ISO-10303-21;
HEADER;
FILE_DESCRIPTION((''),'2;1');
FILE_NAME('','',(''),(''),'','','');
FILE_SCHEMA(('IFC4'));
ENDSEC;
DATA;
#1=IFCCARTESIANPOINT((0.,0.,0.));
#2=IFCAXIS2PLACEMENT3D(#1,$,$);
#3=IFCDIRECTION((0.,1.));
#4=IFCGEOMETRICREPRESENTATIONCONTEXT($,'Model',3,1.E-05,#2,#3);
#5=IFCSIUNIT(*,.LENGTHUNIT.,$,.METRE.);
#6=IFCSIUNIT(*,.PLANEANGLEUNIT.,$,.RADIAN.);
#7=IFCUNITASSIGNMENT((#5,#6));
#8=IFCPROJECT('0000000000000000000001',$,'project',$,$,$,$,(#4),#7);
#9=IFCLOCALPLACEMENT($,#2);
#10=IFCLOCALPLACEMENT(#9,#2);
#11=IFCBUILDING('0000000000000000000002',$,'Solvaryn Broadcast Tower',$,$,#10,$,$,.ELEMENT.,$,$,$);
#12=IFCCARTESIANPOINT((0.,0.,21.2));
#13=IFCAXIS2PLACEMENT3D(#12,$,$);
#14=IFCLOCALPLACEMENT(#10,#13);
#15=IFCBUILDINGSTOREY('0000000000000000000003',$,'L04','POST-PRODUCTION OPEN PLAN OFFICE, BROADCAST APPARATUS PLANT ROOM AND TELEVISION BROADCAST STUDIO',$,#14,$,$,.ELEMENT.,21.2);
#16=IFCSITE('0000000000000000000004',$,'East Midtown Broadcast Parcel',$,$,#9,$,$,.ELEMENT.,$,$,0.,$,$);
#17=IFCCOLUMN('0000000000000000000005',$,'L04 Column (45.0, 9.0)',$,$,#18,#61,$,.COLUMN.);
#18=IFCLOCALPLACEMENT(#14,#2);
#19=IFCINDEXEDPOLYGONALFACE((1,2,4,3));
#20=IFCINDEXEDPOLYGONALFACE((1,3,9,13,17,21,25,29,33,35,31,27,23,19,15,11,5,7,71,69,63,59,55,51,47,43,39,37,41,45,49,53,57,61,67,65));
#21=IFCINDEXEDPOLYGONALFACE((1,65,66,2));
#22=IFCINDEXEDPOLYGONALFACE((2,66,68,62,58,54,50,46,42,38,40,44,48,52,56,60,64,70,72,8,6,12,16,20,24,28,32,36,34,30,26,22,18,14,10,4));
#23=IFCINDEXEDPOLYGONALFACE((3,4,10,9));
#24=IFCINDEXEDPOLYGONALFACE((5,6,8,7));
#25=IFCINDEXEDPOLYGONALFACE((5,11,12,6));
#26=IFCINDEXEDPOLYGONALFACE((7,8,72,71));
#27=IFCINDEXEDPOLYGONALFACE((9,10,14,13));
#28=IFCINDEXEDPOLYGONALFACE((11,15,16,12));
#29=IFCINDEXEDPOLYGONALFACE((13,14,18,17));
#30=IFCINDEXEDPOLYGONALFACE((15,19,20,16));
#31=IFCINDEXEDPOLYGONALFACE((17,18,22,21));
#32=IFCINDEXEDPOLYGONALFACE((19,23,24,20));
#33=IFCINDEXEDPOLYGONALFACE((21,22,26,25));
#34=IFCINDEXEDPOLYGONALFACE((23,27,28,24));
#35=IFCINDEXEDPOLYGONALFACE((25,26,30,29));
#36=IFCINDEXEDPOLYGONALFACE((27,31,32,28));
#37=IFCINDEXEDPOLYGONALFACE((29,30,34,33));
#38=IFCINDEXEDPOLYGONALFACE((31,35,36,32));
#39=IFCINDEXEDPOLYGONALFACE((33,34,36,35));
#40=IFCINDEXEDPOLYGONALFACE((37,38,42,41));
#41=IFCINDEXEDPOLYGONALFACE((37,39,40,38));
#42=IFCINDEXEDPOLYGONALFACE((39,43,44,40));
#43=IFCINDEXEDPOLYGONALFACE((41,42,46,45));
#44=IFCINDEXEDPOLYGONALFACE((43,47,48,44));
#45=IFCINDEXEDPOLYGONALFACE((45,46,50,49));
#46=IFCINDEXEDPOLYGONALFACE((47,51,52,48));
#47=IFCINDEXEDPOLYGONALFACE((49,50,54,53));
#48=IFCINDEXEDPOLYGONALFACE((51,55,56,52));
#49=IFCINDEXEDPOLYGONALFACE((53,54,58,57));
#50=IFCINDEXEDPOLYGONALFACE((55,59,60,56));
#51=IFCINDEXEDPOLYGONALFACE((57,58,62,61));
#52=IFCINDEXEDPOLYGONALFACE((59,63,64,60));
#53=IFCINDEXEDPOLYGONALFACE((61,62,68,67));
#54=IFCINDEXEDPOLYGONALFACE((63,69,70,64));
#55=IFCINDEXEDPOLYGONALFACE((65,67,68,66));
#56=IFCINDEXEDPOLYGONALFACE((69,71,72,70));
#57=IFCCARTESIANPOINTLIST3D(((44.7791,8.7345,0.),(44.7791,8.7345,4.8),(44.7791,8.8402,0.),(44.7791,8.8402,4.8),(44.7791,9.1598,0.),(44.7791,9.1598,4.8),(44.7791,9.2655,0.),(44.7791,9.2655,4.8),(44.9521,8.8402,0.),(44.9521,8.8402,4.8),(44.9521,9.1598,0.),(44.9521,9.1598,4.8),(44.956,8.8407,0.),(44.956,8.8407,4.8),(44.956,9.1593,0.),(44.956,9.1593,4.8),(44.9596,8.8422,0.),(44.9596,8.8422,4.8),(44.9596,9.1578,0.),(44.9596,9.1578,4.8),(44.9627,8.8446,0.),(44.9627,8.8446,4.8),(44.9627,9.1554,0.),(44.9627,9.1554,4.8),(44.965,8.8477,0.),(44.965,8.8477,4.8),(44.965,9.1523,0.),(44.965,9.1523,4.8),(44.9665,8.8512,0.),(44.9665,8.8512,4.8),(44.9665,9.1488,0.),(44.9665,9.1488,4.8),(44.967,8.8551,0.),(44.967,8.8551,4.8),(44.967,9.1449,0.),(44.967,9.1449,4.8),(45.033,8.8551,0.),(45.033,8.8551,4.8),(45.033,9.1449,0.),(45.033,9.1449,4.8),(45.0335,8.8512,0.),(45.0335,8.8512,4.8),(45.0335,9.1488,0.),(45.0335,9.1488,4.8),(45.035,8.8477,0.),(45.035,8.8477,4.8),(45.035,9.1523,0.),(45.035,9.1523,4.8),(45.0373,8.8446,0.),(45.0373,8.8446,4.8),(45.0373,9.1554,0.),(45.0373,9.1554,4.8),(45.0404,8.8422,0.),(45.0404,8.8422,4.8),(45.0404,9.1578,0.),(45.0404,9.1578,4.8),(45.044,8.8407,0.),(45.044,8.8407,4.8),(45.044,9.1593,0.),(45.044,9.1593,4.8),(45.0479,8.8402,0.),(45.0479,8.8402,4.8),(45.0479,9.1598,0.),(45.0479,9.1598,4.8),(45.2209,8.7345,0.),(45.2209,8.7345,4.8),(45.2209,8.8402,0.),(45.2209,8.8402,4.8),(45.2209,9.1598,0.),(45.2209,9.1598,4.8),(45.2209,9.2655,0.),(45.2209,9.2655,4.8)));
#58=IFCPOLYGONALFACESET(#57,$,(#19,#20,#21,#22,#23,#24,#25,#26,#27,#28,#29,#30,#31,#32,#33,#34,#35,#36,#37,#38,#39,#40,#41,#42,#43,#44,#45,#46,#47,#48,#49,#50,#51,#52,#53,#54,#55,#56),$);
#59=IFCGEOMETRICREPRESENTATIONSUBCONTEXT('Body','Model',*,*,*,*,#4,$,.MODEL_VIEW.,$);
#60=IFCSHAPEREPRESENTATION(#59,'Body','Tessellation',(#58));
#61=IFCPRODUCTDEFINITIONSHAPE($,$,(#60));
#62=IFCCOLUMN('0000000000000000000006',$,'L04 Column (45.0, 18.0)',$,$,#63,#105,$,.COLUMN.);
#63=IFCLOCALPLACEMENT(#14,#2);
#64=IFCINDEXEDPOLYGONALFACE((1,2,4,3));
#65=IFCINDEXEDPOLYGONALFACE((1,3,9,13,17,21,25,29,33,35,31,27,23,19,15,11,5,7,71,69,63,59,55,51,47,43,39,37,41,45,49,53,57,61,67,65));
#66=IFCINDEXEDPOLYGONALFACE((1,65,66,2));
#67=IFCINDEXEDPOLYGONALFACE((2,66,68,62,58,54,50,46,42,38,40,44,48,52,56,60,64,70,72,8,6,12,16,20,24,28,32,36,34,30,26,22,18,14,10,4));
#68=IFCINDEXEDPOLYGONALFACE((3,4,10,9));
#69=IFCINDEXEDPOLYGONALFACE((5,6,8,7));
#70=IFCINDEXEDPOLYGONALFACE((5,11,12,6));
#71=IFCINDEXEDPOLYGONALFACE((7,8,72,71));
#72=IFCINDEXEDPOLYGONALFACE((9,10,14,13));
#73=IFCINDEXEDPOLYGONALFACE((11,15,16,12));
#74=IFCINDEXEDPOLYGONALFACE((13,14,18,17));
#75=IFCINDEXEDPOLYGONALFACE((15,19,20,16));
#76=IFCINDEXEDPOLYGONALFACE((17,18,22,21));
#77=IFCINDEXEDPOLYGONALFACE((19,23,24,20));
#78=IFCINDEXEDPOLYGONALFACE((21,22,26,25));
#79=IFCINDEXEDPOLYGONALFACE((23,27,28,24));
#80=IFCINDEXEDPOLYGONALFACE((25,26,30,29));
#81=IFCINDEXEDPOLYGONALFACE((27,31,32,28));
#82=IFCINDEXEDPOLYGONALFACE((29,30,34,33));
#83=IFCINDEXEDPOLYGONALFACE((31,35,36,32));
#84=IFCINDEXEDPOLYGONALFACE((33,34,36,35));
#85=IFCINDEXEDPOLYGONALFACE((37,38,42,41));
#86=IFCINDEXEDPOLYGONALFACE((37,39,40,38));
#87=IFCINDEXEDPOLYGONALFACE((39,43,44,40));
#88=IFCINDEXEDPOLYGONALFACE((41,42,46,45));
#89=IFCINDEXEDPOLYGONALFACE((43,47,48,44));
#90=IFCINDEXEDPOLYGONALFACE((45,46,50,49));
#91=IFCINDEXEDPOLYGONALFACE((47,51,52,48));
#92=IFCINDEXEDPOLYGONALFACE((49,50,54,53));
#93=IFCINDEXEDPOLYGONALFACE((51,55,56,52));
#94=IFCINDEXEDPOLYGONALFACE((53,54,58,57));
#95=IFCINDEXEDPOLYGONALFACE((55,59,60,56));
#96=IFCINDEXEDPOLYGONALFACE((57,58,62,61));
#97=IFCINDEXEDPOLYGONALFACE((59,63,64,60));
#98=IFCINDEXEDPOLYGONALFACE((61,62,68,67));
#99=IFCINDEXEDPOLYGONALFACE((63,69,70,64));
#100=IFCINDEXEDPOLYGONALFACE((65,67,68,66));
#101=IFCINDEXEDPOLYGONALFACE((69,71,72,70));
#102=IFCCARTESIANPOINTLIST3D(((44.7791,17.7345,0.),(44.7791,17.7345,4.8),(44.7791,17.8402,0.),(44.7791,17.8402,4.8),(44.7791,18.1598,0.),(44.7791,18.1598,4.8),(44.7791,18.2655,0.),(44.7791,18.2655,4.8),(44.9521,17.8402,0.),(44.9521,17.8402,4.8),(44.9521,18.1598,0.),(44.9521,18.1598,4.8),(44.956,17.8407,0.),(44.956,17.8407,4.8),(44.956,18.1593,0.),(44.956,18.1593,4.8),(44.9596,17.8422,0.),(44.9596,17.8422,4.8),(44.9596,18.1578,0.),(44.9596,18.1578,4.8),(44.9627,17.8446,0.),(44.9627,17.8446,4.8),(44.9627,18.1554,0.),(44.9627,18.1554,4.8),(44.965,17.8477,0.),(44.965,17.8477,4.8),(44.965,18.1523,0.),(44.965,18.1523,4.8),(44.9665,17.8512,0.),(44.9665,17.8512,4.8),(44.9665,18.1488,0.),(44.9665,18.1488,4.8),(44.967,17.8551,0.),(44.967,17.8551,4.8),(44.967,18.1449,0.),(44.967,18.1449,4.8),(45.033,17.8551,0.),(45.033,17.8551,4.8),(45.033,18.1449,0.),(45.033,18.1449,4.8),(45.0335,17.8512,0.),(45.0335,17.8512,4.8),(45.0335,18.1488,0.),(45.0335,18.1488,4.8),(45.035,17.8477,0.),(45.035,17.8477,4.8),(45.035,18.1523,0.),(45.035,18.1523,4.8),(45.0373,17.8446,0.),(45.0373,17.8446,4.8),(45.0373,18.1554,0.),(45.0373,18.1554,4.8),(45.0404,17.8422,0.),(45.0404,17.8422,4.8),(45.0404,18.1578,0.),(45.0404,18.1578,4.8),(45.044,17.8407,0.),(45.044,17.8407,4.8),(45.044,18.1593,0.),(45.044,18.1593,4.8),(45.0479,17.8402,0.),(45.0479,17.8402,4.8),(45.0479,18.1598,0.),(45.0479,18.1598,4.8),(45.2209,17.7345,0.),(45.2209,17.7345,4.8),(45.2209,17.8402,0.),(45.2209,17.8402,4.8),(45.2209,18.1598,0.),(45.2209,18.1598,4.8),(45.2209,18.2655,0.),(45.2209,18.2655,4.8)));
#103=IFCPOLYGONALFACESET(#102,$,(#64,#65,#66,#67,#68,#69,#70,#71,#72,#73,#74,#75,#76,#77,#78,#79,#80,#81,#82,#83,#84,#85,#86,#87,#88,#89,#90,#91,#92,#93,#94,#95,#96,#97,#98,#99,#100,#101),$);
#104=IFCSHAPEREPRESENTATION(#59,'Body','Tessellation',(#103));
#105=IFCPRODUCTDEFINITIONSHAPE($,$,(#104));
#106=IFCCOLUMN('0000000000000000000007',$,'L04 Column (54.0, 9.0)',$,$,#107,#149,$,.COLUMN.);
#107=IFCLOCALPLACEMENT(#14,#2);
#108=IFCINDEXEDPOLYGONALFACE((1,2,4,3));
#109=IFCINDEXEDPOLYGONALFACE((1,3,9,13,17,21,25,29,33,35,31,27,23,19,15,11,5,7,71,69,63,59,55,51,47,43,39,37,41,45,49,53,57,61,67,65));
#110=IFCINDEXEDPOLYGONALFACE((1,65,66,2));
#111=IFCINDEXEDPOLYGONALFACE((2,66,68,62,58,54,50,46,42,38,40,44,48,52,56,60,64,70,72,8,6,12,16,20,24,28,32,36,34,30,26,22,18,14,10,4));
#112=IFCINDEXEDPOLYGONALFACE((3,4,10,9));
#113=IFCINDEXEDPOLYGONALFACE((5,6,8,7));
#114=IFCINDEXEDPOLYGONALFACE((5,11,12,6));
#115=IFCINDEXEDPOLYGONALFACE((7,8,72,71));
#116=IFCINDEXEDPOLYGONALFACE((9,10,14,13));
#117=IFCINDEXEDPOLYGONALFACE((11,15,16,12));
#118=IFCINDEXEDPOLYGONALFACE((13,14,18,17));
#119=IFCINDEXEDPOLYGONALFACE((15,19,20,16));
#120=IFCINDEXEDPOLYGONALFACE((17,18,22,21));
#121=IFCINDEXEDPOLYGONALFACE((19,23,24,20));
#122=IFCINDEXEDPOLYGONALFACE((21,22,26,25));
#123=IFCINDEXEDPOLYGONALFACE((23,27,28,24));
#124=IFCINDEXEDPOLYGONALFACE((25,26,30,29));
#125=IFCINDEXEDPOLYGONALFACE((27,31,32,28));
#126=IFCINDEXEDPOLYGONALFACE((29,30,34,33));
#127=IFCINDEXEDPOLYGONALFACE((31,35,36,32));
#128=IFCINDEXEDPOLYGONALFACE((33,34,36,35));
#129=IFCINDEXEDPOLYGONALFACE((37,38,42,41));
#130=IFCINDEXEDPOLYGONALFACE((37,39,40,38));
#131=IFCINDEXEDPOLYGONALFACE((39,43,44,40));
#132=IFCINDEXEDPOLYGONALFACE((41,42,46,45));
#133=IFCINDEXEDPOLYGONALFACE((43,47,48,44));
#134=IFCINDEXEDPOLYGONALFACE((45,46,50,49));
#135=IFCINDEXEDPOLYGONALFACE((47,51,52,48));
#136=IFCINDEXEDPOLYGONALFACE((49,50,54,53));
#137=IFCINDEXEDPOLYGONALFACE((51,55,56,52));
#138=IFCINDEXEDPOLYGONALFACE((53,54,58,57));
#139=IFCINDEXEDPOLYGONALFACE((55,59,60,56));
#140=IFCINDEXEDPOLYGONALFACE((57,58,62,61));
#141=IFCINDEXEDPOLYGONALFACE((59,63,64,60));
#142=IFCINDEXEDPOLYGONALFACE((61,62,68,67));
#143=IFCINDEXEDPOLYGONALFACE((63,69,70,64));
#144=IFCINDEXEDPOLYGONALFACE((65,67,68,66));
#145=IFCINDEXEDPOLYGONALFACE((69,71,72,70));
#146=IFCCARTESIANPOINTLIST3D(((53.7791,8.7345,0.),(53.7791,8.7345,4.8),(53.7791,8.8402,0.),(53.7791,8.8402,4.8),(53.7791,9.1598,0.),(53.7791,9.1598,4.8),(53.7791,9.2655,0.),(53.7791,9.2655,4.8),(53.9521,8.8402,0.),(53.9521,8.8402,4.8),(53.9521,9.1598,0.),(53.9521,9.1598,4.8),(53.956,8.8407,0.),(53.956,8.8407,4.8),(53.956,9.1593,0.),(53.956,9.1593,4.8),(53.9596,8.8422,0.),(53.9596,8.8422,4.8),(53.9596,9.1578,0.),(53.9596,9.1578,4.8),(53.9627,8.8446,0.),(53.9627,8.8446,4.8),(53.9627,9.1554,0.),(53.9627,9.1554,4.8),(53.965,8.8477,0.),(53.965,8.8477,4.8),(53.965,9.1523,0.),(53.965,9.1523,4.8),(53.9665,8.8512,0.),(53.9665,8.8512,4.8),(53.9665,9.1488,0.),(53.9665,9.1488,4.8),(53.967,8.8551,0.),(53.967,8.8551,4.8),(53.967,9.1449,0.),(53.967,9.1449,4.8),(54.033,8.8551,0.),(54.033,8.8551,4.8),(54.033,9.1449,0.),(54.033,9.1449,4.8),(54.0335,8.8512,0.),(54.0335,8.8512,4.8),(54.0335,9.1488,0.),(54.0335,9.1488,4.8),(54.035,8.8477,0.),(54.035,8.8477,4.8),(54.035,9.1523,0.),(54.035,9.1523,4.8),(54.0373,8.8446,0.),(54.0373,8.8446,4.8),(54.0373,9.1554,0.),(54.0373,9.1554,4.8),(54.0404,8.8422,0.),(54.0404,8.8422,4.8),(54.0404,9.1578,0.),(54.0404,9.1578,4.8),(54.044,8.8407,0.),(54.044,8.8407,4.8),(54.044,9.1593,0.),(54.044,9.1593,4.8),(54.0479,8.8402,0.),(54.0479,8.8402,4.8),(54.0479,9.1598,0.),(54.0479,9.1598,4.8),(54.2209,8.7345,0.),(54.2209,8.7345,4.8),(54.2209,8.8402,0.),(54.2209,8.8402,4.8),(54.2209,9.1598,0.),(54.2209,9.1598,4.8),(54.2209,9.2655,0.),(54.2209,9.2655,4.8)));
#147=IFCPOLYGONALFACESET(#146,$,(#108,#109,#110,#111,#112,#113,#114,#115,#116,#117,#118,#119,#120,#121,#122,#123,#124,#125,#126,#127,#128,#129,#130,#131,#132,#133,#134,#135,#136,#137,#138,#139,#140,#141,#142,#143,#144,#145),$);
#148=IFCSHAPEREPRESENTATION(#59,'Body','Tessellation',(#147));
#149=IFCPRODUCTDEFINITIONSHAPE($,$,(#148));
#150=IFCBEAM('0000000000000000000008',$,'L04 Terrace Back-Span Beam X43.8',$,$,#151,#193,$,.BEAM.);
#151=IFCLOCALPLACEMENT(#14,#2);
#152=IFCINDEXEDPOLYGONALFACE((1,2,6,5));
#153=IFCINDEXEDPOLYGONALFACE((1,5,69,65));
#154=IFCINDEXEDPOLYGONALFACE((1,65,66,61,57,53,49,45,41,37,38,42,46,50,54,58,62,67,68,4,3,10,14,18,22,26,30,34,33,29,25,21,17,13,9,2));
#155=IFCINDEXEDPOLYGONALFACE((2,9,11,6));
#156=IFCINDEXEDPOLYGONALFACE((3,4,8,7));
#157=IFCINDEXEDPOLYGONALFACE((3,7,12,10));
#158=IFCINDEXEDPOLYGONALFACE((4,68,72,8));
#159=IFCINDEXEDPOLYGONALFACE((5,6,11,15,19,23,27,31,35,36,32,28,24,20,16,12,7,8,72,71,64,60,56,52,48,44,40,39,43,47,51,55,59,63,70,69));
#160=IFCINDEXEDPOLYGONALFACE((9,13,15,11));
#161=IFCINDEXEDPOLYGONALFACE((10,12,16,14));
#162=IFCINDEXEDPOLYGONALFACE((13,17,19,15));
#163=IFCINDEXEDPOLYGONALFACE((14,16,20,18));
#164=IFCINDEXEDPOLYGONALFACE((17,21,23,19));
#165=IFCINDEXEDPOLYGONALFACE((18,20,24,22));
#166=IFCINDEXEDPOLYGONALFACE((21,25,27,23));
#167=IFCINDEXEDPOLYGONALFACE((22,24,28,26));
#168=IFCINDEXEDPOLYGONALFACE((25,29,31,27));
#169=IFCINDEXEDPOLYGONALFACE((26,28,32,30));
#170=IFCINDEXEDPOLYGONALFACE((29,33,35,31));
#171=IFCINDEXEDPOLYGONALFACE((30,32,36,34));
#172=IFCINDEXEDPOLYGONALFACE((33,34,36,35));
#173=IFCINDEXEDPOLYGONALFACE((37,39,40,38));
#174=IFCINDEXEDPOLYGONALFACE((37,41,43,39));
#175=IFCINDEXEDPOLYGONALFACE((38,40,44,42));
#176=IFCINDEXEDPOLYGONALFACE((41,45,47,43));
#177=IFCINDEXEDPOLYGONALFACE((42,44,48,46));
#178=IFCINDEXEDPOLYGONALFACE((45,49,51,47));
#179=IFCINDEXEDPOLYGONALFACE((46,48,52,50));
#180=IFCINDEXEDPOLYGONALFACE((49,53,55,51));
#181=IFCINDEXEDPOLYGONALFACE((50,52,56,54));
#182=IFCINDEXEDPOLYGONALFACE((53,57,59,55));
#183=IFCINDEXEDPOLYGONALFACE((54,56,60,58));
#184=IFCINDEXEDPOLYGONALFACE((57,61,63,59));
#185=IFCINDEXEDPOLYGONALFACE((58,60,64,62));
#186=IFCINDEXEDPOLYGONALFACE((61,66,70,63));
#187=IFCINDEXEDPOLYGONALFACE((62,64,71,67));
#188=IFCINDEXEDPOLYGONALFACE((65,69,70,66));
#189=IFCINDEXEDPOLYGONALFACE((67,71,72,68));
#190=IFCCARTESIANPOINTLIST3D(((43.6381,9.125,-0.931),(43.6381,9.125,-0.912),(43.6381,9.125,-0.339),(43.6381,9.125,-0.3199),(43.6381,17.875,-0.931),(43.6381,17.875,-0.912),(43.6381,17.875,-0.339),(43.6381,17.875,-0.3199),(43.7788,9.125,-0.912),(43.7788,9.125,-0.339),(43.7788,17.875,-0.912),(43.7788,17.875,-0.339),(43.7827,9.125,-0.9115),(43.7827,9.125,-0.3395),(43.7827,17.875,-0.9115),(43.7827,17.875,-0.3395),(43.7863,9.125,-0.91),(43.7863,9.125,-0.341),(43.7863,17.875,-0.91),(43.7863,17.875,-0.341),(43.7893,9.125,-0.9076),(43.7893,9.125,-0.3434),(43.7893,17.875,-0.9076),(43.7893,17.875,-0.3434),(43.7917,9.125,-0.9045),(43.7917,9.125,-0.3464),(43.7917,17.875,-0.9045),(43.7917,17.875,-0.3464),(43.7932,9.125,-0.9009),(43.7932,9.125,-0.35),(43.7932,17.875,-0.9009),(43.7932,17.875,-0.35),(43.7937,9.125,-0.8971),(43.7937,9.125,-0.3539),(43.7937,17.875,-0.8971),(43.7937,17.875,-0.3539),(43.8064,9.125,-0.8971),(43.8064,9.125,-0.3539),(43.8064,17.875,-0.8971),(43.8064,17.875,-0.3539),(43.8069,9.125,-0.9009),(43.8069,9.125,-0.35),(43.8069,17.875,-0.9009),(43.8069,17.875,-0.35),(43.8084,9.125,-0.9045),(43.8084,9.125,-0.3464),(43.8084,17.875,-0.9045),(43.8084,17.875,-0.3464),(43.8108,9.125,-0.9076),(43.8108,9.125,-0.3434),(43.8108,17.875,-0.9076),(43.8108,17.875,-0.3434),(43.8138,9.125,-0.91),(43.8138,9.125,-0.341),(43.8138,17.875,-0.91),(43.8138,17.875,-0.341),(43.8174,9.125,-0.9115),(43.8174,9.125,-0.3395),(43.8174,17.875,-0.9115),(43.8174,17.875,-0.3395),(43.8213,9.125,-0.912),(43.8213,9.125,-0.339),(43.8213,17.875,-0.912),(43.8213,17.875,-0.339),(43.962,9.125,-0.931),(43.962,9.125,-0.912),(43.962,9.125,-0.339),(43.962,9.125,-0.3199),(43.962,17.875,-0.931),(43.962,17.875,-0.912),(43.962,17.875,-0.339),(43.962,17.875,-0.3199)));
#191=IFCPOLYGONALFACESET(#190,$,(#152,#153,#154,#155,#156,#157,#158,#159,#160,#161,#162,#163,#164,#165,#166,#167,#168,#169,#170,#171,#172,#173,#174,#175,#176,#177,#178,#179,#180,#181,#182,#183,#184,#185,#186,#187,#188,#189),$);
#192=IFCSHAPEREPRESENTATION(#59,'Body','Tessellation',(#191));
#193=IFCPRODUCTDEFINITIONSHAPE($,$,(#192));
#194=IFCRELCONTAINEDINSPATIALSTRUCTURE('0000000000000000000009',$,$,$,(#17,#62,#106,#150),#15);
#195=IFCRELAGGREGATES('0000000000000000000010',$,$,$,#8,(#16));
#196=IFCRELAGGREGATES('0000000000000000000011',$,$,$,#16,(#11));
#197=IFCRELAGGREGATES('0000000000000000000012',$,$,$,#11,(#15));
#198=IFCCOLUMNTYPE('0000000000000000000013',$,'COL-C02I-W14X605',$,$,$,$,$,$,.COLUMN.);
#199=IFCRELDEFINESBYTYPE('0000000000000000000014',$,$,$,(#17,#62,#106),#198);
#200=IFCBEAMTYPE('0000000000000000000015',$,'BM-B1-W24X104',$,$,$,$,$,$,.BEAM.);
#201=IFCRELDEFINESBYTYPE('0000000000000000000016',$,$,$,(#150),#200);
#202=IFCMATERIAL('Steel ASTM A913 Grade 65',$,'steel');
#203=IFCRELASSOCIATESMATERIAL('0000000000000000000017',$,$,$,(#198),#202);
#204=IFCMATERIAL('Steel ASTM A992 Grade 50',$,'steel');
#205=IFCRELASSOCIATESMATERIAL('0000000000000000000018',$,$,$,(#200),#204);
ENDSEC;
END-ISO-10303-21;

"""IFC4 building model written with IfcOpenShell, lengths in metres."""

from ifc_helpers import new_model, si_unit, direction, frame, origin, origin_2d, place, context, subcontext, project, spatial, i_section, extrude, material, material_profile, profile_set, type_object, element, save


model = new_model("IFC4")

# Units and contexts
model_context = context("Model", 3, precision=1e-05, world=origin(), true_north=direction((0.0, 1.0)))
body_context = subcontext(model_context, "Body", "Model", "MODEL_VIEW")
ifc_project = project(units=[si_unit("LENGTHUNIT", "METRE"), si_unit("PLANEANGLEUNIT", "RADIAN")], contexts=[model_context])

# Site, building, storey
site_placement = place(None, origin())
site = spatial("IfcSite", under=ifc_project, at=site_placement, Name="East Midtown Broadcast Parcel", CompositionType="ELEMENT", RefElevation=0.0)
building_placement = place(site_placement, origin())
building = spatial("IfcBuilding", under=site, at=building_placement, Name="Solvaryn Broadcast Tower", CompositionType="ELEMENT")
storey_placement = place(building_placement, frame((0.0, 0.0, 21.2)))
storey = spatial("IfcBuildingStorey", under=building, at=storey_placement, Name="L04", Description="POST-PRODUCTION OPEN PLAN OFFICE, BROADCAST APPARATUS PLANT ROOM AND TELEVISION BROADCAST STUDIO", CompositionType="ELEMENT", Elevation=21.2)

# Columns
ifc_material_1 = material(Name="Steel ASTM A913 Grade 65", Category="steel")
ifc_material_profile_1 = material_profile(ifc_material_1, i_section(OverallWidth=0.4419, OverallDepth=0.531, WebThickness=0.0659, FlangeThickness=0.1057, FilletRadius=0.0149, at=origin_2d()))
ifc_profile_set_1 = profile_set([ifc_material_profile_1], Name="Steel ASTM A913 Grade 65")
column_type = type_object("IfcColumnType", Name="COL-C02I-W14X605", PredefinedType="COLUMN", material=ifc_profile_set_1)
for number, where, z_axis, x_axis, name in (
    (1, (45.0, 9.0, 0.0), (0.0, 0.0, 1.0), (1.0, 0.0, 0.0), "L04 Column (45.0, 9.0)"),
    (2, (45.0, 18.0, 0.0), (0.0, 0.0, 1.0), (1.0, 0.0, 0.0), "L04 Column (45.0, 18.0)"),
    (3, (54.0, 9.0, 0.0), (0.0, 0.0, 1.0), (1.0, 0.0, 0.0), "L04 Column (54.0, 9.0)"),
):
    element("IfcColumn", number, at=place(storey_placement, frame(where, z_axis=z_axis, x_axis=x_axis)), inside=storey, type_object=column_type, Name=name, PredefinedType="COLUMN", context=body_context, shape_type="SweptSolid", body=[
        extrude(i_section(OverallWidth=0.4419, OverallDepth=0.531, WebThickness=0.0659, FlangeThickness=0.1057, FilletRadius=0.0149, at=origin_2d()), origin(), (0.0, 0.0, 1.0), 4.8),
    ])

# Beam
ifc_material_2 = material(Name="Steel ASTM A992 Grade 50", Category="steel")
ifc_material_profile_2 = material_profile(ifc_material_2, i_section(OverallWidth=0.324, OverallDepth=0.6111, WebThickness=0.0127, FlangeThickness=0.019, FilletRadius=0.0149, at=origin_2d()))
ifc_profile_set_2 = profile_set([ifc_material_profile_2], Name="Steel ASTM A992 Grade 50")
beam_type_1 = type_object("IfcBeamType", Name="BM-B1-W24X104", PredefinedType="BEAM", material=ifc_profile_set_2)
for number, where, z_axis, x_axis, name in (
    (4, (43.8, 17.875, -0.6255), (0.0, -1.0, 0.0), (1.0, 0.0, 0.0), "L04 Terrace Back-Span Beam X43.8"),
):
    element("IfcBeam", number, at=place(storey_placement, frame(where, z_axis=z_axis, x_axis=x_axis)), inside=storey, type_object=beam_type_1, Name=name, PredefinedType="BEAM", context=body_context, shape_type="SweptSolid", body=[
        extrude(i_section(OverallWidth=0.324, OverallDepth=0.6111, WebThickness=0.0127, FlangeThickness=0.019, FilletRadius=0.0149, at=origin_2d()), origin(), (0.0, 0.0, 1.0), 8.75),
    ])

save(model, "model.ifc")
